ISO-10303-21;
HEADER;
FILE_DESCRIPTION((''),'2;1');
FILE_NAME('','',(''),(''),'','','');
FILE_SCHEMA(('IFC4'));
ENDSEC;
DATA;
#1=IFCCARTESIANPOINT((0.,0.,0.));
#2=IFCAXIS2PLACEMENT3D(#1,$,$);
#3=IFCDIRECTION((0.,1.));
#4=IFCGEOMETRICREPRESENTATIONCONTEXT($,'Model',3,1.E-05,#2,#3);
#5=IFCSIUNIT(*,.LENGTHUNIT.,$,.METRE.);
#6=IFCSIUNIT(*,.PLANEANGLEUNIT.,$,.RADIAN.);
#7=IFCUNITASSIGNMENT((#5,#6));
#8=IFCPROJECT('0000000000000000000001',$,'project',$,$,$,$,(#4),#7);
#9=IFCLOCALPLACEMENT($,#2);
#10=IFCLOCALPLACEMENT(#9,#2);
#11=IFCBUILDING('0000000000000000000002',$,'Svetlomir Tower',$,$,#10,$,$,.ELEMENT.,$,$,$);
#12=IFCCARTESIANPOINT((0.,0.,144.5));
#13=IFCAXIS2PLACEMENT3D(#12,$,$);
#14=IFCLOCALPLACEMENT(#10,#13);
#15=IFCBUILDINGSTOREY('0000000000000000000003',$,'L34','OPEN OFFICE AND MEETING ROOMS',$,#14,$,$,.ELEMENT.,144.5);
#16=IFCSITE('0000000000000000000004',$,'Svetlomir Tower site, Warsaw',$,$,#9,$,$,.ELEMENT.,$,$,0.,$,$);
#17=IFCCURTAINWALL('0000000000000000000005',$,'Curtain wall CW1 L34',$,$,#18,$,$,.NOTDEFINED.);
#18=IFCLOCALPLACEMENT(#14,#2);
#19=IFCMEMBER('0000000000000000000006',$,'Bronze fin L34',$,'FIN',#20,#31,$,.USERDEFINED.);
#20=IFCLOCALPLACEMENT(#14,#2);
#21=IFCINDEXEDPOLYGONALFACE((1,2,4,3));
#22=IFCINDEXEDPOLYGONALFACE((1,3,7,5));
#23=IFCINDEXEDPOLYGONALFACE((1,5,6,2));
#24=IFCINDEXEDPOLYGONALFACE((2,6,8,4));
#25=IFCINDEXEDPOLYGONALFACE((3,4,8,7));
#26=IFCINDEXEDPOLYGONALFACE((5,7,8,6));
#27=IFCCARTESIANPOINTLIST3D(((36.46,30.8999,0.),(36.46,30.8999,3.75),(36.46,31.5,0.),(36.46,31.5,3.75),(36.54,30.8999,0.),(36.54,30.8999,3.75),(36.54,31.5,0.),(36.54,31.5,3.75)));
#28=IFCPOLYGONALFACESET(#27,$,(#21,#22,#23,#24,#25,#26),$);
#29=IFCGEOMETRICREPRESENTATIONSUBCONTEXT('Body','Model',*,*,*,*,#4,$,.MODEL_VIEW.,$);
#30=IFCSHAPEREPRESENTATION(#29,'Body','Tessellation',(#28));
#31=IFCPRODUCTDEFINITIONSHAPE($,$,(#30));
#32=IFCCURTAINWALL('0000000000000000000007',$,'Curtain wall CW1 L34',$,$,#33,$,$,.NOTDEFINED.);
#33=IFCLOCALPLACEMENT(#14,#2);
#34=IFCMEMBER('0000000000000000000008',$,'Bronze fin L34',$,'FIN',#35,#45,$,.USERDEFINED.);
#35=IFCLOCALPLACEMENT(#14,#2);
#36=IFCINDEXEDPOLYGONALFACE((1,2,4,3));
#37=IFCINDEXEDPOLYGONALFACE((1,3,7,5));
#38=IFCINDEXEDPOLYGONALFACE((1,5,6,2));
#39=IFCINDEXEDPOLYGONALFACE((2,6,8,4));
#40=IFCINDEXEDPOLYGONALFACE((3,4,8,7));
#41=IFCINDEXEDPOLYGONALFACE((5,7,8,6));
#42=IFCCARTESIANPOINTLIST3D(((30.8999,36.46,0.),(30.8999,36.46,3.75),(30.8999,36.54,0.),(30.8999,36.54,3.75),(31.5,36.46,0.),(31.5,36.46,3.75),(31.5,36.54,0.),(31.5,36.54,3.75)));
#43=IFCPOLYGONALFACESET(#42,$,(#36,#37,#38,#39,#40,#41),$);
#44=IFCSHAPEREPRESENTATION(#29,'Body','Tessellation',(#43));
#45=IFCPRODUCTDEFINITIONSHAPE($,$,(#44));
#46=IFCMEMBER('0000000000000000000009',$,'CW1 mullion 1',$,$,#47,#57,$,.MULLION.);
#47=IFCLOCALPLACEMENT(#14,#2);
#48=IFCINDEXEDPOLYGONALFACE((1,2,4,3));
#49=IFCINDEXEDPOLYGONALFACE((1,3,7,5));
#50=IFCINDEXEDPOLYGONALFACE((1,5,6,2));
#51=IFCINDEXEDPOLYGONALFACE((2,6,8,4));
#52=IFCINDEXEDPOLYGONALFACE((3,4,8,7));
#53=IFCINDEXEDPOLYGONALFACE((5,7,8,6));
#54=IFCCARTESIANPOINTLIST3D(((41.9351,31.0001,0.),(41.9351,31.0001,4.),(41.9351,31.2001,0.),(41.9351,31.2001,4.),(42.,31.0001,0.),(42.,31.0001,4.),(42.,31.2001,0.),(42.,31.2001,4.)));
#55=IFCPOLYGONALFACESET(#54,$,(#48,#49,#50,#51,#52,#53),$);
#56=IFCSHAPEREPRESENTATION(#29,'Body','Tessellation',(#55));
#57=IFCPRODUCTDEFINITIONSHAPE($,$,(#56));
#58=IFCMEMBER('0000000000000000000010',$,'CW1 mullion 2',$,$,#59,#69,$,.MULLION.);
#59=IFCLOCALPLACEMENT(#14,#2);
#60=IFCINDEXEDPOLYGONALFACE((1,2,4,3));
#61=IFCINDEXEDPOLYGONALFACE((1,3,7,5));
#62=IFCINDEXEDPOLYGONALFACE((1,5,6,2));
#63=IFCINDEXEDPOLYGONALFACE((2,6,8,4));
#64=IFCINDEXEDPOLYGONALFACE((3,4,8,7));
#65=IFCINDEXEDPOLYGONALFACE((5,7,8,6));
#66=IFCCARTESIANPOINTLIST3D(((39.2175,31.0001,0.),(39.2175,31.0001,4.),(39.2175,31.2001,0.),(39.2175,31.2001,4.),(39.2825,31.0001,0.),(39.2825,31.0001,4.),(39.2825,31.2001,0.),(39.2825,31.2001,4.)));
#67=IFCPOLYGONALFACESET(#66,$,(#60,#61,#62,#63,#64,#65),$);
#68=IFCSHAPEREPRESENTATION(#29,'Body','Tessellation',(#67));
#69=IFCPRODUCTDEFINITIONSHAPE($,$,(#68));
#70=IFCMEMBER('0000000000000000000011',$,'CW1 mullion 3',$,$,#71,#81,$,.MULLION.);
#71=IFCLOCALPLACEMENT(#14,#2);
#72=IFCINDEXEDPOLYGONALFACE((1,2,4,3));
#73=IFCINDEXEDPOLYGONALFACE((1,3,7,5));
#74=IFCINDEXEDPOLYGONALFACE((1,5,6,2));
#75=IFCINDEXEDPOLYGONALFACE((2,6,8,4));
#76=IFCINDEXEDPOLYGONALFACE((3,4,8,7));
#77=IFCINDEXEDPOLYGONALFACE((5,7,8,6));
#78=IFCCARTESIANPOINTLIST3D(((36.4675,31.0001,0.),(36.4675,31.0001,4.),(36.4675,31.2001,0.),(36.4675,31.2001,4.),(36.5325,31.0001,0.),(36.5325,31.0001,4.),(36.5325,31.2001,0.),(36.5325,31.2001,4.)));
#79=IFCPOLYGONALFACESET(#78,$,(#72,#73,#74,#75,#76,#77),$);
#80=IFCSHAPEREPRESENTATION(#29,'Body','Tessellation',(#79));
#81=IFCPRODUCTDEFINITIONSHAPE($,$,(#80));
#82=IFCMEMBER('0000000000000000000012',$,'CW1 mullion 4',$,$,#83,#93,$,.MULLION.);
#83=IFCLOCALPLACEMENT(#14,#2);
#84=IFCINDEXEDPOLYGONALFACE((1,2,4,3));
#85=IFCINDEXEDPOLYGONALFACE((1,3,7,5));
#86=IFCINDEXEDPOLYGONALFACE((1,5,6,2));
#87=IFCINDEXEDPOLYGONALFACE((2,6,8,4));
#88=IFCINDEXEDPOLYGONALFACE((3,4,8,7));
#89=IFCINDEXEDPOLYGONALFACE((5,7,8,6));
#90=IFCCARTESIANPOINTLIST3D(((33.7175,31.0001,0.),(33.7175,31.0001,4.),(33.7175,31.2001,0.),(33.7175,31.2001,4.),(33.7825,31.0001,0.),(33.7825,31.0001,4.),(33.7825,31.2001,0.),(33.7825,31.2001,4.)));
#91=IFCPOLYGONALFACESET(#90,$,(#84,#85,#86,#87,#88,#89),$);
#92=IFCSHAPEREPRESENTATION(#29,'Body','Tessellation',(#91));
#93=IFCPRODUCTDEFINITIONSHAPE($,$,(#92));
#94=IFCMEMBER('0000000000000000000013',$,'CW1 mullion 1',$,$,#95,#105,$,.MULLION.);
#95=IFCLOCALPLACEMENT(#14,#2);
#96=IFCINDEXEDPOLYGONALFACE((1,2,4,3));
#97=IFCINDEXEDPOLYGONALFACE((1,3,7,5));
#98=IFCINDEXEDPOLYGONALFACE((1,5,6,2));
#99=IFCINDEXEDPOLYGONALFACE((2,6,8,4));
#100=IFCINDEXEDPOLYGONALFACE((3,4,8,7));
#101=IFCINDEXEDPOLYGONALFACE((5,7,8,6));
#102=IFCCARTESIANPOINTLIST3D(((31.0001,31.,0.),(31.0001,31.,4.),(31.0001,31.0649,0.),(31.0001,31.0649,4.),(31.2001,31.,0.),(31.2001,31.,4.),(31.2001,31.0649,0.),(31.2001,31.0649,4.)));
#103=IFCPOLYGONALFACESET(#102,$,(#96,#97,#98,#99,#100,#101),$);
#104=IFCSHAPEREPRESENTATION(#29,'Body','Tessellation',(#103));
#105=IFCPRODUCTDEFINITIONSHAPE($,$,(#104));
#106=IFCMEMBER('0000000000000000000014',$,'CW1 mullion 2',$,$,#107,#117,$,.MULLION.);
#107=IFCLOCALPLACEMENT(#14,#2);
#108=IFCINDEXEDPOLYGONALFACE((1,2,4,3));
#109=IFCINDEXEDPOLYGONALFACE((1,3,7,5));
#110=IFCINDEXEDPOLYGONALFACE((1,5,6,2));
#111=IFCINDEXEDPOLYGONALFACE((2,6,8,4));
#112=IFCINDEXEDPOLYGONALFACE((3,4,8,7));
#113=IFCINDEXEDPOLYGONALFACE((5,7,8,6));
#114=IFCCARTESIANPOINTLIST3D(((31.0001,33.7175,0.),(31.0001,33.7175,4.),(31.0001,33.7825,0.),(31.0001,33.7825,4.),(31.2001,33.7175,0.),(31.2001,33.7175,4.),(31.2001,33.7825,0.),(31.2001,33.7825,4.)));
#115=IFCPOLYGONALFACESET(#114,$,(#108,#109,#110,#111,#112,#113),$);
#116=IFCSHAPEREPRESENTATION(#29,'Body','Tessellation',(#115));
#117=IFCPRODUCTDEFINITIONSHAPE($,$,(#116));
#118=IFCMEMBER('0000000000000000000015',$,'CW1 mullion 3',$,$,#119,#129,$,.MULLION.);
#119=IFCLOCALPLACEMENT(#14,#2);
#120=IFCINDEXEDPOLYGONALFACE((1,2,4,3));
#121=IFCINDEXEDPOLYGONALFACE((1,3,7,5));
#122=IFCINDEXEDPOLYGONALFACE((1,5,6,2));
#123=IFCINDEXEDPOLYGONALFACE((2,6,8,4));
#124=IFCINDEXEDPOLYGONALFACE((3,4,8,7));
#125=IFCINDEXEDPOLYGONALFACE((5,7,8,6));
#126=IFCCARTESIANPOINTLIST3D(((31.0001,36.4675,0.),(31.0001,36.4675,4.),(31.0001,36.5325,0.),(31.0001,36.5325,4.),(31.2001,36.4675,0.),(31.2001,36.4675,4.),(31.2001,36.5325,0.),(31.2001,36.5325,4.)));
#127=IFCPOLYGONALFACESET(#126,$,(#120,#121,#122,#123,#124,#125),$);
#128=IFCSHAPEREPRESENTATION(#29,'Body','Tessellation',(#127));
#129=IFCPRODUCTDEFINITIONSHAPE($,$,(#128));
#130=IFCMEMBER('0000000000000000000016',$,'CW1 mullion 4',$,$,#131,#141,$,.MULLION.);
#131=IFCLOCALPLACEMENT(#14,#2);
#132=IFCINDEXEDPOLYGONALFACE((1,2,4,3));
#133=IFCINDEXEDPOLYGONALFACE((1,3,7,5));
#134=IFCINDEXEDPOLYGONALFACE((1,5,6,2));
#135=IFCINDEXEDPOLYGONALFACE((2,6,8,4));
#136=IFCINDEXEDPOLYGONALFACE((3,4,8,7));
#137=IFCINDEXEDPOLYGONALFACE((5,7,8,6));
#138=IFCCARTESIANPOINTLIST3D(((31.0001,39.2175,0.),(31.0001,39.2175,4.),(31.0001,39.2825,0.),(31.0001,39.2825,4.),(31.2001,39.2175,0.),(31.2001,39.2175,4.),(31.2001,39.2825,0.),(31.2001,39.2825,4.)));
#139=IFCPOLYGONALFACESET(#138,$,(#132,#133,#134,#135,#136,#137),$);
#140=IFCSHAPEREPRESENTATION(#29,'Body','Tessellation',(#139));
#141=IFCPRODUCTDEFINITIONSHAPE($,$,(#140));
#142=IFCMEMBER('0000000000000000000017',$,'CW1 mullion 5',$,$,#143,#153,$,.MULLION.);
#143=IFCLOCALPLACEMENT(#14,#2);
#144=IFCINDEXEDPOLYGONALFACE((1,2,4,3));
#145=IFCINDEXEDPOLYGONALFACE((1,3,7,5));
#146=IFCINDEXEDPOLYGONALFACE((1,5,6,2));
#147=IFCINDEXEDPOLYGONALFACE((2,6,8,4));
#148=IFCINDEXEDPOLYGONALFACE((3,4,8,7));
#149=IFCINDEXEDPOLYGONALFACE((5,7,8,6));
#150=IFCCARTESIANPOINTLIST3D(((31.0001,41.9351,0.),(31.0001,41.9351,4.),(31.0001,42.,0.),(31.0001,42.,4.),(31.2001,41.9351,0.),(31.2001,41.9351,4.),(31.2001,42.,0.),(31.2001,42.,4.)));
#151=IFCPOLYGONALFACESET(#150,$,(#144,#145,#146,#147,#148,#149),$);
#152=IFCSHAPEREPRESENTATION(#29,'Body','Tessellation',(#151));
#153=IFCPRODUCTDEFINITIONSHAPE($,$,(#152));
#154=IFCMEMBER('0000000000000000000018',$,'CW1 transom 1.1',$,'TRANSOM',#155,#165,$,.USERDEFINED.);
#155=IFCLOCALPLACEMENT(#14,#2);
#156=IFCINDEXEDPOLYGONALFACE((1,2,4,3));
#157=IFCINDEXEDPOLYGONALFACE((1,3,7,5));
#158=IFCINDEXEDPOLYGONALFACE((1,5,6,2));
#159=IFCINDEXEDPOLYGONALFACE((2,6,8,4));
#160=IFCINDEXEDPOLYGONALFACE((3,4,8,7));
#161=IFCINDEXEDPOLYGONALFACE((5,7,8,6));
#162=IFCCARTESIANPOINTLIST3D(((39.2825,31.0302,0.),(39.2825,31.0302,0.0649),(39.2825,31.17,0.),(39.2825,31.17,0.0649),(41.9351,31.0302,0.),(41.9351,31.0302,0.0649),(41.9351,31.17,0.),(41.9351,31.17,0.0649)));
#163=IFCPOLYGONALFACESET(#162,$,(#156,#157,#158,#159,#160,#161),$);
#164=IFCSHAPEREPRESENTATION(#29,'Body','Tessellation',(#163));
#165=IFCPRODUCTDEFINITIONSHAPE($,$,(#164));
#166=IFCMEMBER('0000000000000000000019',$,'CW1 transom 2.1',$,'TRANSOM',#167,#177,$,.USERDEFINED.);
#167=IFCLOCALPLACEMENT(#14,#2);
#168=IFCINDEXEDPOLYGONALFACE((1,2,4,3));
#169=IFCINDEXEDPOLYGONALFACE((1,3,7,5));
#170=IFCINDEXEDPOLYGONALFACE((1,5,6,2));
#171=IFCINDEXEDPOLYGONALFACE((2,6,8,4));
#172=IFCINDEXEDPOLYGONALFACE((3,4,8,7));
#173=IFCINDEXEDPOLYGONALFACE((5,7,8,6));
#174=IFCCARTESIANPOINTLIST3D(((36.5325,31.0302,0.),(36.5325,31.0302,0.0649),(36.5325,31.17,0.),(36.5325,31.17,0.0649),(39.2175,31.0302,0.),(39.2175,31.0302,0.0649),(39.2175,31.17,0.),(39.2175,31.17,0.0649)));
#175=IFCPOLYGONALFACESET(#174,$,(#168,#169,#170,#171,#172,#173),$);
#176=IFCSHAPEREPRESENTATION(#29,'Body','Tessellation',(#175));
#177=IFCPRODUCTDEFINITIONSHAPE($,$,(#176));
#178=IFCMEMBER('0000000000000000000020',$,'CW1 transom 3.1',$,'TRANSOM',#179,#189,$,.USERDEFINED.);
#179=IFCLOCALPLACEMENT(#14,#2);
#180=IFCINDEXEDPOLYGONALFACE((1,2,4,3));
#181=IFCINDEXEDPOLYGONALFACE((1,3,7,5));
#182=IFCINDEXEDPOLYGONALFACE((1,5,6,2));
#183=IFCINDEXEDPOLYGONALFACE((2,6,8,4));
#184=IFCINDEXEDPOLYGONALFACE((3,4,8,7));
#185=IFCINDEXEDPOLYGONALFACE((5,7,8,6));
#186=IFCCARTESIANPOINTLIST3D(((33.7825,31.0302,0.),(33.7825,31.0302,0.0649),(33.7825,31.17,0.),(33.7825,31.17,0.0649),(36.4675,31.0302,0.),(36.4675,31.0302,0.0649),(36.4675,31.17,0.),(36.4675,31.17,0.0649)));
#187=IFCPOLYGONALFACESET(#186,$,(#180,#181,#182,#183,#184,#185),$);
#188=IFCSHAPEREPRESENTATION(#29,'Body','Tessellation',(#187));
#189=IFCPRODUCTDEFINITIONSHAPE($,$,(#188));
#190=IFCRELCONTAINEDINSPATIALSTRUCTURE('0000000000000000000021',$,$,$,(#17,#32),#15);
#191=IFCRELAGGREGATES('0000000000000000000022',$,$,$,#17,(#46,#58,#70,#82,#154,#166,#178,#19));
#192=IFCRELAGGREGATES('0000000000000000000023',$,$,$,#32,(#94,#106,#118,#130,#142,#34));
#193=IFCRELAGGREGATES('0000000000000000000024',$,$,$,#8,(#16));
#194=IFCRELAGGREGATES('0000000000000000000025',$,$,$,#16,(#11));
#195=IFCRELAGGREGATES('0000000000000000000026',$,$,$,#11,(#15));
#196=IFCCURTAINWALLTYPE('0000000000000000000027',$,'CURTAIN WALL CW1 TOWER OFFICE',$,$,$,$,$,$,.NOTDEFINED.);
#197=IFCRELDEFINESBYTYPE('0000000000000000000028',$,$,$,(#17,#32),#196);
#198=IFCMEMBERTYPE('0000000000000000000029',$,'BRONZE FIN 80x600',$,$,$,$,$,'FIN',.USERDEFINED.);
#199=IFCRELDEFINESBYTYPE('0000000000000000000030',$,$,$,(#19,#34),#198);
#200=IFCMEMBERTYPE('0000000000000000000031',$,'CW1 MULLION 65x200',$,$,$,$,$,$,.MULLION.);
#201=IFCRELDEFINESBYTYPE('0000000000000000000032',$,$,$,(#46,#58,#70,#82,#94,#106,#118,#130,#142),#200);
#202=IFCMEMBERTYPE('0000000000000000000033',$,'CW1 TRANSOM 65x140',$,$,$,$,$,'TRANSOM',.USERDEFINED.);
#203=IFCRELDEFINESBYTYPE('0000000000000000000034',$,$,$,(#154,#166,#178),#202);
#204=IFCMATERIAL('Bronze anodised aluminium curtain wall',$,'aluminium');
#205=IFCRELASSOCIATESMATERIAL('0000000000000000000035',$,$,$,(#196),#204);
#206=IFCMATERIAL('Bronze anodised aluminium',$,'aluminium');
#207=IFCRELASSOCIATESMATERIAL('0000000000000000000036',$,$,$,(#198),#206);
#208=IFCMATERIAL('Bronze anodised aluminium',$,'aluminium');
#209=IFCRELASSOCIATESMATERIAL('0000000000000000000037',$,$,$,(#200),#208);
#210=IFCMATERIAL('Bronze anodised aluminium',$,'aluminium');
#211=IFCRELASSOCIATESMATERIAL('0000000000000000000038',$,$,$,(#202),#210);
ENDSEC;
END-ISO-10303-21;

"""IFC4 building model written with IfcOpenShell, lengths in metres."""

from ifc_helpers import new_model, si_unit, direction, frame, origin, origin_2d, place, context, subcontext, project, spatial, rectangle, extrude, material, material_profile, profile_set, type_object, element, aggregate, save


model = new_model("IFC4")

# Units and contexts
model_context = context("Model", 3, precision=1e-05, world=origin(), true_north=direction((0.0, 1.0)))
body_context = subcontext(model_context, "Body", "Model", "MODEL_VIEW")
ifc_project = project(units=[si_unit("LENGTHUNIT", "METRE"), si_unit("PLANEANGLEUNIT", "RADIAN")], contexts=[model_context])

# Site, building, storey
site_placement = place(None, origin())
site = spatial("IfcSite", under=ifc_project, at=site_placement, Name="Svetlomir Tower site, Warsaw", CompositionType="ELEMENT", RefElevation=0.0)
building_placement = place(site_placement, origin())
building = spatial("IfcBuilding", under=site, at=building_placement, Name="Svetlomir Tower", CompositionType="ELEMENT")
storey_placement = place(building_placement, frame((0.0, 0.0, 144.5)))
storey = spatial("IfcBuildingStorey", under=building, at=storey_placement, Name="L34", Description="OPEN OFFICE AND MEETING ROOMS", CompositionType="ELEMENT", Elevation=144.5)

# Curtain walls, members
ifc_material_1 = material(Name="Bronze anodised aluminium curtain wall", Category="aluminium")
curtain_wall_type = type_object("IfcCurtainWallType", Name="CURTAIN WALL CW1 TOWER OFFICE", PredefinedType="NOTDEFINED", material=ifc_material_1)
curtain_wall_1_placement = place(storey_placement, origin())
curtain_wall_1 = element("IfcCurtainWall", 1, at=curtain_wall_1_placement, inside=storey, type_object=curtain_wall_type, Name="Curtain wall CW1 L34", PredefinedType="NOTDEFINED")
ifc_material_2 = material(Name="Bronze anodised aluminium", Category="aluminium")
ifc_material_profile_1 = material_profile(ifc_material_2, rectangle(XDim=0.0801, YDim=0.6001, at=origin_2d()), Name="FIN 80x600")
ifc_profile_set_1 = profile_set([ifc_material_profile_1], Name="Bronze anodised aluminium 6063-T6")
member_type_1 = type_object("IfcMemberType", Name="BRONZE FIN 80x600", ElementType="FIN", PredefinedType="USERDEFINED", material=ifc_profile_set_1)
member_1_placement = place(storey_placement, frame((36.5, 31.2, 0.0), z_axis=(0.0, 0.0, 1.0), x_axis=(1.0, 0.0, 0.0)))
member_1 = element("IfcMember", 2, at=member_1_placement, type_object=member_type_1, Name="Bronze fin L34", ObjectType="FIN", PredefinedType="USERDEFINED", context=body_context, shape_type="SweptSolid", body=[
    extrude(rectangle(XDim=0.0801, YDim=0.6001, at=origin_2d()), origin(), (0.0, 0.0, 1.0), 3.75),
])
curtain_wall_2_placement = place(storey_placement, origin())
curtain_wall_2 = element("IfcCurtainWall", 3, at=curtain_wall_2_placement, inside=storey, type_object=curtain_wall_type, Name="Curtain wall CW1 L34", PredefinedType="NOTDEFINED")
member_2_placement = place(storey_placement, frame((31.2, 36.5, 0.0), z_axis=(0.0, 0.0, 1.0), x_axis=(0.0, 1.0, 0.0)))
member_2 = element("IfcMember", 4, at=member_2_placement, type_object=member_type_1, Name="Bronze fin L34", ObjectType="FIN", PredefinedType="USERDEFINED", context=body_context, shape_type="SweptSolid", body=[
    extrude(rectangle(XDim=0.0801, YDim=0.6001, at=origin_2d()), origin(), (0.0, 0.0, 1.0), 3.75),
])

# Members
ifc_material_3 = material(Name="Bronze anodised aluminium", Category="aluminium")
ifc_material_profile_2 = material_profile(ifc_material_3, rectangle(XDim=0.0649, YDim=0.2, at=origin_2d()), Name="AL 65x200")
ifc_profile_set_2 = profile_set([ifc_material_profile_2], Name="Bronze anodised aluminium 6063-T6")
member_type_2 = type_object("IfcMemberType", Name="CW1 MULLION 65x200", PredefinedType="MULLION", material=ifc_profile_set_2)
member_3_placement = place(storey_placement, frame((41.9675, 31.1001, 0.0), z_axis=(0.0, 0.0, 1.0), x_axis=(-1.0, 0.0, 0.0)))
member_3 = element("IfcMember", 5, at=member_3_placement, type_object=member_type_2, Name="CW1 mullion 1", PredefinedType="MULLION", context=body_context, shape_type="SweptSolid", body=[
    extrude(rectangle(XDim=0.0649, YDim=0.2, at=origin_2d()), origin(), (0.0, 0.0, 1.0), 4.0),
])
member_4_placement = place(storey_placement, frame((39.25, 31.1001, 0.0), z_axis=(0.0, 0.0, 1.0), x_axis=(-1.0, 0.0, 0.0)))
member_4 = element("IfcMember", 6, at=member_4_placement, type_object=member_type_2, Name="CW1 mullion 2", PredefinedType="MULLION", context=body_context, shape_type="SweptSolid", body=[
    extrude(rectangle(XDim=0.0649, YDim=0.2, at=origin_2d()), origin(), (0.0, 0.0, 1.0), 4.0),
])
member_5_placement = place(storey_placement, frame((36.5, 31.1001, 0.0), z_axis=(0.0, 0.0, 1.0), x_axis=(-1.0, 0.0, 0.0)))
member_5 = element("IfcMember", 7, at=member_5_placement, type_object=member_type_2, Name="CW1 mullion 3", PredefinedType="MULLION", context=body_context, shape_type="SweptSolid", body=[
    extrude(rectangle(XDim=0.0649, YDim=0.2, at=origin_2d()), origin(), (0.0, 0.0, 1.0), 4.0),
])
member_6_placement = place(storey_placement, frame((33.75, 31.1001, 0.0), z_axis=(0.0, 0.0, 1.0), x_axis=(-1.0, 0.0, 0.0)))
member_6 = element("IfcMember", 8, at=member_6_placement, type_object=member_type_2, Name="CW1 mullion 4", PredefinedType="MULLION", context=body_context, shape_type="SweptSolid", body=[
    extrude(rectangle(XDim=0.0649, YDim=0.2, at=origin_2d()), origin(), (0.0, 0.0, 1.0), 4.0),
])
member_7_placement = place(storey_placement, frame((31.1001, 31.0325, 0.0), z_axis=(0.0, 0.0, 1.0), x_axis=(0.0, 1.0, 0.0)))
member_7 = element("IfcMember", 9, at=member_7_placement, type_object=member_type_2, Name="CW1 mullion 1", PredefinedType="MULLION", context=body_context, shape_type="SweptSolid", body=[
    extrude(rectangle(XDim=0.0649, YDim=0.2, at=origin_2d()), origin(), (0.0, 0.0, 1.0), 4.0),
])
member_8_placement = place(storey_placement, frame((31.1001, 33.75, 0.0), z_axis=(0.0, 0.0, 1.0), x_axis=(0.0, 1.0, 0.0)))
member_8 = element("IfcMember", 10, at=member_8_placement, type_object=member_type_2, Name="CW1 mullion 2", PredefinedType="MULLION", context=body_context, shape_type="SweptSolid", body=[
    extrude(rectangle(XDim=0.0649, YDim=0.2, at=origin_2d()), origin(), (0.0, 0.0, 1.0), 4.0),
])
member_9_placement = place(storey_placement, frame((31.1001, 36.5, 0.0), z_axis=(0.0, 0.0, 1.0), x_axis=(0.0, 1.0, 0.0)))
member_9 = element("IfcMember", 11, at=member_9_placement, type_object=member_type_2, Name="CW1 mullion 3", PredefinedType="MULLION", context=body_context, shape_type="SweptSolid", body=[
    extrude(rectangle(XDim=0.0649, YDim=0.2, at=origin_2d()), origin(), (0.0, 0.0, 1.0), 4.0),
])
member_10_placement = place(storey_placement, frame((31.1001, 39.25, 0.0), z_axis=(0.0, 0.0, 1.0), x_axis=(0.0, 1.0, 0.0)))
member_10 = element("IfcMember", 12, at=member_10_placement, type_object=member_type_2, Name="CW1 mullion 4", PredefinedType="MULLION", context=body_context, shape_type="SweptSolid", body=[
    extrude(rectangle(XDim=0.0649, YDim=0.2, at=origin_2d()), origin(), (0.0, 0.0, 1.0), 4.0),
])
member_11_placement = place(storey_placement, frame((31.1001, 41.9675, 0.0), z_axis=(0.0, 0.0, 1.0), x_axis=(0.0, 1.0, 0.0)))
member_11 = element("IfcMember", 13, at=member_11_placement, type_object=member_type_2, Name="CW1 mullion 5", PredefinedType="MULLION", context=body_context, shape_type="SweptSolid", body=[
    extrude(rectangle(XDim=0.0649, YDim=0.2, at=origin_2d()), origin(), (0.0, 0.0, 1.0), 4.0),
])
ifc_material_4 = material(Name="Bronze anodised aluminium", Category="aluminium")
ifc_material_profile_3 = material_profile(ifc_material_4, rectangle(XDim=0.1399, YDim=0.0649, at=origin_2d()), Name="AL 140x65")
ifc_profile_set_3 = profile_set([ifc_material_profile_3], Name="Bronze anodised aluminium 6063-T6")
member_type_3 = type_object("IfcMemberType", Name="CW1 TRANSOM 65x140", ElementType="TRANSOM", PredefinedType="USERDEFINED", material=ifc_profile_set_3)
member_12_placement = place(storey_placement, frame((41.9351, 31.1001, 0.0325), z_axis=(-1.0, 0.0, 0.0), x_axis=(0.0, -1.0, 0.0)))
member_12 = element("IfcMember", 14, at=member_12_placement, type_object=member_type_3, Name="CW1 transom 1.1", ObjectType="TRANSOM", PredefinedType="USERDEFINED", context=body_context, shape_type="SweptSolid", body=[
    extrude(rectangle(XDim=0.1399, YDim=0.0649, at=origin_2d()), origin(), (0.0, 0.0, 1.0), 2.6526),
])
member_13_placement = place(storey_placement, frame((39.2175, 31.1001, 0.0325), z_axis=(-1.0, 0.0, 0.0), x_axis=(0.0, -1.0, 0.0)))
member_13 = element("IfcMember", 15, at=member_13_placement, type_object=member_type_3, Name="CW1 transom 2.1", ObjectType="TRANSOM", PredefinedType="USERDEFINED", context=body_context, shape_type="SweptSolid", body=[
    extrude(rectangle(XDim=0.1399, YDim=0.0649, at=origin_2d()), origin(), (0.0, 0.0, 1.0), 2.6851),
])
member_14_placement = place(storey_placement, frame((36.4675, 31.1001, 0.0325), z_axis=(-1.0, 0.0, 0.0), x_axis=(0.0, -1.0, 0.0)))
member_14 = element("IfcMember", 16, at=member_14_placement, type_object=member_type_3, Name="CW1 transom 3.1", ObjectType="TRANSOM", PredefinedType="USERDEFINED", context=body_context, shape_type="SweptSolid", body=[
    extrude(rectangle(XDim=0.1399, YDim=0.0649, at=origin_2d()), origin(), (0.0, 0.0, 1.0), 2.6851),
])

aggregate(curtain_wall_1, [member_3, member_4, member_5, member_6, member_12, member_13, member_14, member_1])
aggregate(curtain_wall_2, [member_7, member_8, member_9, member_10, member_11, member_2])

save(model, "model.ifc")
